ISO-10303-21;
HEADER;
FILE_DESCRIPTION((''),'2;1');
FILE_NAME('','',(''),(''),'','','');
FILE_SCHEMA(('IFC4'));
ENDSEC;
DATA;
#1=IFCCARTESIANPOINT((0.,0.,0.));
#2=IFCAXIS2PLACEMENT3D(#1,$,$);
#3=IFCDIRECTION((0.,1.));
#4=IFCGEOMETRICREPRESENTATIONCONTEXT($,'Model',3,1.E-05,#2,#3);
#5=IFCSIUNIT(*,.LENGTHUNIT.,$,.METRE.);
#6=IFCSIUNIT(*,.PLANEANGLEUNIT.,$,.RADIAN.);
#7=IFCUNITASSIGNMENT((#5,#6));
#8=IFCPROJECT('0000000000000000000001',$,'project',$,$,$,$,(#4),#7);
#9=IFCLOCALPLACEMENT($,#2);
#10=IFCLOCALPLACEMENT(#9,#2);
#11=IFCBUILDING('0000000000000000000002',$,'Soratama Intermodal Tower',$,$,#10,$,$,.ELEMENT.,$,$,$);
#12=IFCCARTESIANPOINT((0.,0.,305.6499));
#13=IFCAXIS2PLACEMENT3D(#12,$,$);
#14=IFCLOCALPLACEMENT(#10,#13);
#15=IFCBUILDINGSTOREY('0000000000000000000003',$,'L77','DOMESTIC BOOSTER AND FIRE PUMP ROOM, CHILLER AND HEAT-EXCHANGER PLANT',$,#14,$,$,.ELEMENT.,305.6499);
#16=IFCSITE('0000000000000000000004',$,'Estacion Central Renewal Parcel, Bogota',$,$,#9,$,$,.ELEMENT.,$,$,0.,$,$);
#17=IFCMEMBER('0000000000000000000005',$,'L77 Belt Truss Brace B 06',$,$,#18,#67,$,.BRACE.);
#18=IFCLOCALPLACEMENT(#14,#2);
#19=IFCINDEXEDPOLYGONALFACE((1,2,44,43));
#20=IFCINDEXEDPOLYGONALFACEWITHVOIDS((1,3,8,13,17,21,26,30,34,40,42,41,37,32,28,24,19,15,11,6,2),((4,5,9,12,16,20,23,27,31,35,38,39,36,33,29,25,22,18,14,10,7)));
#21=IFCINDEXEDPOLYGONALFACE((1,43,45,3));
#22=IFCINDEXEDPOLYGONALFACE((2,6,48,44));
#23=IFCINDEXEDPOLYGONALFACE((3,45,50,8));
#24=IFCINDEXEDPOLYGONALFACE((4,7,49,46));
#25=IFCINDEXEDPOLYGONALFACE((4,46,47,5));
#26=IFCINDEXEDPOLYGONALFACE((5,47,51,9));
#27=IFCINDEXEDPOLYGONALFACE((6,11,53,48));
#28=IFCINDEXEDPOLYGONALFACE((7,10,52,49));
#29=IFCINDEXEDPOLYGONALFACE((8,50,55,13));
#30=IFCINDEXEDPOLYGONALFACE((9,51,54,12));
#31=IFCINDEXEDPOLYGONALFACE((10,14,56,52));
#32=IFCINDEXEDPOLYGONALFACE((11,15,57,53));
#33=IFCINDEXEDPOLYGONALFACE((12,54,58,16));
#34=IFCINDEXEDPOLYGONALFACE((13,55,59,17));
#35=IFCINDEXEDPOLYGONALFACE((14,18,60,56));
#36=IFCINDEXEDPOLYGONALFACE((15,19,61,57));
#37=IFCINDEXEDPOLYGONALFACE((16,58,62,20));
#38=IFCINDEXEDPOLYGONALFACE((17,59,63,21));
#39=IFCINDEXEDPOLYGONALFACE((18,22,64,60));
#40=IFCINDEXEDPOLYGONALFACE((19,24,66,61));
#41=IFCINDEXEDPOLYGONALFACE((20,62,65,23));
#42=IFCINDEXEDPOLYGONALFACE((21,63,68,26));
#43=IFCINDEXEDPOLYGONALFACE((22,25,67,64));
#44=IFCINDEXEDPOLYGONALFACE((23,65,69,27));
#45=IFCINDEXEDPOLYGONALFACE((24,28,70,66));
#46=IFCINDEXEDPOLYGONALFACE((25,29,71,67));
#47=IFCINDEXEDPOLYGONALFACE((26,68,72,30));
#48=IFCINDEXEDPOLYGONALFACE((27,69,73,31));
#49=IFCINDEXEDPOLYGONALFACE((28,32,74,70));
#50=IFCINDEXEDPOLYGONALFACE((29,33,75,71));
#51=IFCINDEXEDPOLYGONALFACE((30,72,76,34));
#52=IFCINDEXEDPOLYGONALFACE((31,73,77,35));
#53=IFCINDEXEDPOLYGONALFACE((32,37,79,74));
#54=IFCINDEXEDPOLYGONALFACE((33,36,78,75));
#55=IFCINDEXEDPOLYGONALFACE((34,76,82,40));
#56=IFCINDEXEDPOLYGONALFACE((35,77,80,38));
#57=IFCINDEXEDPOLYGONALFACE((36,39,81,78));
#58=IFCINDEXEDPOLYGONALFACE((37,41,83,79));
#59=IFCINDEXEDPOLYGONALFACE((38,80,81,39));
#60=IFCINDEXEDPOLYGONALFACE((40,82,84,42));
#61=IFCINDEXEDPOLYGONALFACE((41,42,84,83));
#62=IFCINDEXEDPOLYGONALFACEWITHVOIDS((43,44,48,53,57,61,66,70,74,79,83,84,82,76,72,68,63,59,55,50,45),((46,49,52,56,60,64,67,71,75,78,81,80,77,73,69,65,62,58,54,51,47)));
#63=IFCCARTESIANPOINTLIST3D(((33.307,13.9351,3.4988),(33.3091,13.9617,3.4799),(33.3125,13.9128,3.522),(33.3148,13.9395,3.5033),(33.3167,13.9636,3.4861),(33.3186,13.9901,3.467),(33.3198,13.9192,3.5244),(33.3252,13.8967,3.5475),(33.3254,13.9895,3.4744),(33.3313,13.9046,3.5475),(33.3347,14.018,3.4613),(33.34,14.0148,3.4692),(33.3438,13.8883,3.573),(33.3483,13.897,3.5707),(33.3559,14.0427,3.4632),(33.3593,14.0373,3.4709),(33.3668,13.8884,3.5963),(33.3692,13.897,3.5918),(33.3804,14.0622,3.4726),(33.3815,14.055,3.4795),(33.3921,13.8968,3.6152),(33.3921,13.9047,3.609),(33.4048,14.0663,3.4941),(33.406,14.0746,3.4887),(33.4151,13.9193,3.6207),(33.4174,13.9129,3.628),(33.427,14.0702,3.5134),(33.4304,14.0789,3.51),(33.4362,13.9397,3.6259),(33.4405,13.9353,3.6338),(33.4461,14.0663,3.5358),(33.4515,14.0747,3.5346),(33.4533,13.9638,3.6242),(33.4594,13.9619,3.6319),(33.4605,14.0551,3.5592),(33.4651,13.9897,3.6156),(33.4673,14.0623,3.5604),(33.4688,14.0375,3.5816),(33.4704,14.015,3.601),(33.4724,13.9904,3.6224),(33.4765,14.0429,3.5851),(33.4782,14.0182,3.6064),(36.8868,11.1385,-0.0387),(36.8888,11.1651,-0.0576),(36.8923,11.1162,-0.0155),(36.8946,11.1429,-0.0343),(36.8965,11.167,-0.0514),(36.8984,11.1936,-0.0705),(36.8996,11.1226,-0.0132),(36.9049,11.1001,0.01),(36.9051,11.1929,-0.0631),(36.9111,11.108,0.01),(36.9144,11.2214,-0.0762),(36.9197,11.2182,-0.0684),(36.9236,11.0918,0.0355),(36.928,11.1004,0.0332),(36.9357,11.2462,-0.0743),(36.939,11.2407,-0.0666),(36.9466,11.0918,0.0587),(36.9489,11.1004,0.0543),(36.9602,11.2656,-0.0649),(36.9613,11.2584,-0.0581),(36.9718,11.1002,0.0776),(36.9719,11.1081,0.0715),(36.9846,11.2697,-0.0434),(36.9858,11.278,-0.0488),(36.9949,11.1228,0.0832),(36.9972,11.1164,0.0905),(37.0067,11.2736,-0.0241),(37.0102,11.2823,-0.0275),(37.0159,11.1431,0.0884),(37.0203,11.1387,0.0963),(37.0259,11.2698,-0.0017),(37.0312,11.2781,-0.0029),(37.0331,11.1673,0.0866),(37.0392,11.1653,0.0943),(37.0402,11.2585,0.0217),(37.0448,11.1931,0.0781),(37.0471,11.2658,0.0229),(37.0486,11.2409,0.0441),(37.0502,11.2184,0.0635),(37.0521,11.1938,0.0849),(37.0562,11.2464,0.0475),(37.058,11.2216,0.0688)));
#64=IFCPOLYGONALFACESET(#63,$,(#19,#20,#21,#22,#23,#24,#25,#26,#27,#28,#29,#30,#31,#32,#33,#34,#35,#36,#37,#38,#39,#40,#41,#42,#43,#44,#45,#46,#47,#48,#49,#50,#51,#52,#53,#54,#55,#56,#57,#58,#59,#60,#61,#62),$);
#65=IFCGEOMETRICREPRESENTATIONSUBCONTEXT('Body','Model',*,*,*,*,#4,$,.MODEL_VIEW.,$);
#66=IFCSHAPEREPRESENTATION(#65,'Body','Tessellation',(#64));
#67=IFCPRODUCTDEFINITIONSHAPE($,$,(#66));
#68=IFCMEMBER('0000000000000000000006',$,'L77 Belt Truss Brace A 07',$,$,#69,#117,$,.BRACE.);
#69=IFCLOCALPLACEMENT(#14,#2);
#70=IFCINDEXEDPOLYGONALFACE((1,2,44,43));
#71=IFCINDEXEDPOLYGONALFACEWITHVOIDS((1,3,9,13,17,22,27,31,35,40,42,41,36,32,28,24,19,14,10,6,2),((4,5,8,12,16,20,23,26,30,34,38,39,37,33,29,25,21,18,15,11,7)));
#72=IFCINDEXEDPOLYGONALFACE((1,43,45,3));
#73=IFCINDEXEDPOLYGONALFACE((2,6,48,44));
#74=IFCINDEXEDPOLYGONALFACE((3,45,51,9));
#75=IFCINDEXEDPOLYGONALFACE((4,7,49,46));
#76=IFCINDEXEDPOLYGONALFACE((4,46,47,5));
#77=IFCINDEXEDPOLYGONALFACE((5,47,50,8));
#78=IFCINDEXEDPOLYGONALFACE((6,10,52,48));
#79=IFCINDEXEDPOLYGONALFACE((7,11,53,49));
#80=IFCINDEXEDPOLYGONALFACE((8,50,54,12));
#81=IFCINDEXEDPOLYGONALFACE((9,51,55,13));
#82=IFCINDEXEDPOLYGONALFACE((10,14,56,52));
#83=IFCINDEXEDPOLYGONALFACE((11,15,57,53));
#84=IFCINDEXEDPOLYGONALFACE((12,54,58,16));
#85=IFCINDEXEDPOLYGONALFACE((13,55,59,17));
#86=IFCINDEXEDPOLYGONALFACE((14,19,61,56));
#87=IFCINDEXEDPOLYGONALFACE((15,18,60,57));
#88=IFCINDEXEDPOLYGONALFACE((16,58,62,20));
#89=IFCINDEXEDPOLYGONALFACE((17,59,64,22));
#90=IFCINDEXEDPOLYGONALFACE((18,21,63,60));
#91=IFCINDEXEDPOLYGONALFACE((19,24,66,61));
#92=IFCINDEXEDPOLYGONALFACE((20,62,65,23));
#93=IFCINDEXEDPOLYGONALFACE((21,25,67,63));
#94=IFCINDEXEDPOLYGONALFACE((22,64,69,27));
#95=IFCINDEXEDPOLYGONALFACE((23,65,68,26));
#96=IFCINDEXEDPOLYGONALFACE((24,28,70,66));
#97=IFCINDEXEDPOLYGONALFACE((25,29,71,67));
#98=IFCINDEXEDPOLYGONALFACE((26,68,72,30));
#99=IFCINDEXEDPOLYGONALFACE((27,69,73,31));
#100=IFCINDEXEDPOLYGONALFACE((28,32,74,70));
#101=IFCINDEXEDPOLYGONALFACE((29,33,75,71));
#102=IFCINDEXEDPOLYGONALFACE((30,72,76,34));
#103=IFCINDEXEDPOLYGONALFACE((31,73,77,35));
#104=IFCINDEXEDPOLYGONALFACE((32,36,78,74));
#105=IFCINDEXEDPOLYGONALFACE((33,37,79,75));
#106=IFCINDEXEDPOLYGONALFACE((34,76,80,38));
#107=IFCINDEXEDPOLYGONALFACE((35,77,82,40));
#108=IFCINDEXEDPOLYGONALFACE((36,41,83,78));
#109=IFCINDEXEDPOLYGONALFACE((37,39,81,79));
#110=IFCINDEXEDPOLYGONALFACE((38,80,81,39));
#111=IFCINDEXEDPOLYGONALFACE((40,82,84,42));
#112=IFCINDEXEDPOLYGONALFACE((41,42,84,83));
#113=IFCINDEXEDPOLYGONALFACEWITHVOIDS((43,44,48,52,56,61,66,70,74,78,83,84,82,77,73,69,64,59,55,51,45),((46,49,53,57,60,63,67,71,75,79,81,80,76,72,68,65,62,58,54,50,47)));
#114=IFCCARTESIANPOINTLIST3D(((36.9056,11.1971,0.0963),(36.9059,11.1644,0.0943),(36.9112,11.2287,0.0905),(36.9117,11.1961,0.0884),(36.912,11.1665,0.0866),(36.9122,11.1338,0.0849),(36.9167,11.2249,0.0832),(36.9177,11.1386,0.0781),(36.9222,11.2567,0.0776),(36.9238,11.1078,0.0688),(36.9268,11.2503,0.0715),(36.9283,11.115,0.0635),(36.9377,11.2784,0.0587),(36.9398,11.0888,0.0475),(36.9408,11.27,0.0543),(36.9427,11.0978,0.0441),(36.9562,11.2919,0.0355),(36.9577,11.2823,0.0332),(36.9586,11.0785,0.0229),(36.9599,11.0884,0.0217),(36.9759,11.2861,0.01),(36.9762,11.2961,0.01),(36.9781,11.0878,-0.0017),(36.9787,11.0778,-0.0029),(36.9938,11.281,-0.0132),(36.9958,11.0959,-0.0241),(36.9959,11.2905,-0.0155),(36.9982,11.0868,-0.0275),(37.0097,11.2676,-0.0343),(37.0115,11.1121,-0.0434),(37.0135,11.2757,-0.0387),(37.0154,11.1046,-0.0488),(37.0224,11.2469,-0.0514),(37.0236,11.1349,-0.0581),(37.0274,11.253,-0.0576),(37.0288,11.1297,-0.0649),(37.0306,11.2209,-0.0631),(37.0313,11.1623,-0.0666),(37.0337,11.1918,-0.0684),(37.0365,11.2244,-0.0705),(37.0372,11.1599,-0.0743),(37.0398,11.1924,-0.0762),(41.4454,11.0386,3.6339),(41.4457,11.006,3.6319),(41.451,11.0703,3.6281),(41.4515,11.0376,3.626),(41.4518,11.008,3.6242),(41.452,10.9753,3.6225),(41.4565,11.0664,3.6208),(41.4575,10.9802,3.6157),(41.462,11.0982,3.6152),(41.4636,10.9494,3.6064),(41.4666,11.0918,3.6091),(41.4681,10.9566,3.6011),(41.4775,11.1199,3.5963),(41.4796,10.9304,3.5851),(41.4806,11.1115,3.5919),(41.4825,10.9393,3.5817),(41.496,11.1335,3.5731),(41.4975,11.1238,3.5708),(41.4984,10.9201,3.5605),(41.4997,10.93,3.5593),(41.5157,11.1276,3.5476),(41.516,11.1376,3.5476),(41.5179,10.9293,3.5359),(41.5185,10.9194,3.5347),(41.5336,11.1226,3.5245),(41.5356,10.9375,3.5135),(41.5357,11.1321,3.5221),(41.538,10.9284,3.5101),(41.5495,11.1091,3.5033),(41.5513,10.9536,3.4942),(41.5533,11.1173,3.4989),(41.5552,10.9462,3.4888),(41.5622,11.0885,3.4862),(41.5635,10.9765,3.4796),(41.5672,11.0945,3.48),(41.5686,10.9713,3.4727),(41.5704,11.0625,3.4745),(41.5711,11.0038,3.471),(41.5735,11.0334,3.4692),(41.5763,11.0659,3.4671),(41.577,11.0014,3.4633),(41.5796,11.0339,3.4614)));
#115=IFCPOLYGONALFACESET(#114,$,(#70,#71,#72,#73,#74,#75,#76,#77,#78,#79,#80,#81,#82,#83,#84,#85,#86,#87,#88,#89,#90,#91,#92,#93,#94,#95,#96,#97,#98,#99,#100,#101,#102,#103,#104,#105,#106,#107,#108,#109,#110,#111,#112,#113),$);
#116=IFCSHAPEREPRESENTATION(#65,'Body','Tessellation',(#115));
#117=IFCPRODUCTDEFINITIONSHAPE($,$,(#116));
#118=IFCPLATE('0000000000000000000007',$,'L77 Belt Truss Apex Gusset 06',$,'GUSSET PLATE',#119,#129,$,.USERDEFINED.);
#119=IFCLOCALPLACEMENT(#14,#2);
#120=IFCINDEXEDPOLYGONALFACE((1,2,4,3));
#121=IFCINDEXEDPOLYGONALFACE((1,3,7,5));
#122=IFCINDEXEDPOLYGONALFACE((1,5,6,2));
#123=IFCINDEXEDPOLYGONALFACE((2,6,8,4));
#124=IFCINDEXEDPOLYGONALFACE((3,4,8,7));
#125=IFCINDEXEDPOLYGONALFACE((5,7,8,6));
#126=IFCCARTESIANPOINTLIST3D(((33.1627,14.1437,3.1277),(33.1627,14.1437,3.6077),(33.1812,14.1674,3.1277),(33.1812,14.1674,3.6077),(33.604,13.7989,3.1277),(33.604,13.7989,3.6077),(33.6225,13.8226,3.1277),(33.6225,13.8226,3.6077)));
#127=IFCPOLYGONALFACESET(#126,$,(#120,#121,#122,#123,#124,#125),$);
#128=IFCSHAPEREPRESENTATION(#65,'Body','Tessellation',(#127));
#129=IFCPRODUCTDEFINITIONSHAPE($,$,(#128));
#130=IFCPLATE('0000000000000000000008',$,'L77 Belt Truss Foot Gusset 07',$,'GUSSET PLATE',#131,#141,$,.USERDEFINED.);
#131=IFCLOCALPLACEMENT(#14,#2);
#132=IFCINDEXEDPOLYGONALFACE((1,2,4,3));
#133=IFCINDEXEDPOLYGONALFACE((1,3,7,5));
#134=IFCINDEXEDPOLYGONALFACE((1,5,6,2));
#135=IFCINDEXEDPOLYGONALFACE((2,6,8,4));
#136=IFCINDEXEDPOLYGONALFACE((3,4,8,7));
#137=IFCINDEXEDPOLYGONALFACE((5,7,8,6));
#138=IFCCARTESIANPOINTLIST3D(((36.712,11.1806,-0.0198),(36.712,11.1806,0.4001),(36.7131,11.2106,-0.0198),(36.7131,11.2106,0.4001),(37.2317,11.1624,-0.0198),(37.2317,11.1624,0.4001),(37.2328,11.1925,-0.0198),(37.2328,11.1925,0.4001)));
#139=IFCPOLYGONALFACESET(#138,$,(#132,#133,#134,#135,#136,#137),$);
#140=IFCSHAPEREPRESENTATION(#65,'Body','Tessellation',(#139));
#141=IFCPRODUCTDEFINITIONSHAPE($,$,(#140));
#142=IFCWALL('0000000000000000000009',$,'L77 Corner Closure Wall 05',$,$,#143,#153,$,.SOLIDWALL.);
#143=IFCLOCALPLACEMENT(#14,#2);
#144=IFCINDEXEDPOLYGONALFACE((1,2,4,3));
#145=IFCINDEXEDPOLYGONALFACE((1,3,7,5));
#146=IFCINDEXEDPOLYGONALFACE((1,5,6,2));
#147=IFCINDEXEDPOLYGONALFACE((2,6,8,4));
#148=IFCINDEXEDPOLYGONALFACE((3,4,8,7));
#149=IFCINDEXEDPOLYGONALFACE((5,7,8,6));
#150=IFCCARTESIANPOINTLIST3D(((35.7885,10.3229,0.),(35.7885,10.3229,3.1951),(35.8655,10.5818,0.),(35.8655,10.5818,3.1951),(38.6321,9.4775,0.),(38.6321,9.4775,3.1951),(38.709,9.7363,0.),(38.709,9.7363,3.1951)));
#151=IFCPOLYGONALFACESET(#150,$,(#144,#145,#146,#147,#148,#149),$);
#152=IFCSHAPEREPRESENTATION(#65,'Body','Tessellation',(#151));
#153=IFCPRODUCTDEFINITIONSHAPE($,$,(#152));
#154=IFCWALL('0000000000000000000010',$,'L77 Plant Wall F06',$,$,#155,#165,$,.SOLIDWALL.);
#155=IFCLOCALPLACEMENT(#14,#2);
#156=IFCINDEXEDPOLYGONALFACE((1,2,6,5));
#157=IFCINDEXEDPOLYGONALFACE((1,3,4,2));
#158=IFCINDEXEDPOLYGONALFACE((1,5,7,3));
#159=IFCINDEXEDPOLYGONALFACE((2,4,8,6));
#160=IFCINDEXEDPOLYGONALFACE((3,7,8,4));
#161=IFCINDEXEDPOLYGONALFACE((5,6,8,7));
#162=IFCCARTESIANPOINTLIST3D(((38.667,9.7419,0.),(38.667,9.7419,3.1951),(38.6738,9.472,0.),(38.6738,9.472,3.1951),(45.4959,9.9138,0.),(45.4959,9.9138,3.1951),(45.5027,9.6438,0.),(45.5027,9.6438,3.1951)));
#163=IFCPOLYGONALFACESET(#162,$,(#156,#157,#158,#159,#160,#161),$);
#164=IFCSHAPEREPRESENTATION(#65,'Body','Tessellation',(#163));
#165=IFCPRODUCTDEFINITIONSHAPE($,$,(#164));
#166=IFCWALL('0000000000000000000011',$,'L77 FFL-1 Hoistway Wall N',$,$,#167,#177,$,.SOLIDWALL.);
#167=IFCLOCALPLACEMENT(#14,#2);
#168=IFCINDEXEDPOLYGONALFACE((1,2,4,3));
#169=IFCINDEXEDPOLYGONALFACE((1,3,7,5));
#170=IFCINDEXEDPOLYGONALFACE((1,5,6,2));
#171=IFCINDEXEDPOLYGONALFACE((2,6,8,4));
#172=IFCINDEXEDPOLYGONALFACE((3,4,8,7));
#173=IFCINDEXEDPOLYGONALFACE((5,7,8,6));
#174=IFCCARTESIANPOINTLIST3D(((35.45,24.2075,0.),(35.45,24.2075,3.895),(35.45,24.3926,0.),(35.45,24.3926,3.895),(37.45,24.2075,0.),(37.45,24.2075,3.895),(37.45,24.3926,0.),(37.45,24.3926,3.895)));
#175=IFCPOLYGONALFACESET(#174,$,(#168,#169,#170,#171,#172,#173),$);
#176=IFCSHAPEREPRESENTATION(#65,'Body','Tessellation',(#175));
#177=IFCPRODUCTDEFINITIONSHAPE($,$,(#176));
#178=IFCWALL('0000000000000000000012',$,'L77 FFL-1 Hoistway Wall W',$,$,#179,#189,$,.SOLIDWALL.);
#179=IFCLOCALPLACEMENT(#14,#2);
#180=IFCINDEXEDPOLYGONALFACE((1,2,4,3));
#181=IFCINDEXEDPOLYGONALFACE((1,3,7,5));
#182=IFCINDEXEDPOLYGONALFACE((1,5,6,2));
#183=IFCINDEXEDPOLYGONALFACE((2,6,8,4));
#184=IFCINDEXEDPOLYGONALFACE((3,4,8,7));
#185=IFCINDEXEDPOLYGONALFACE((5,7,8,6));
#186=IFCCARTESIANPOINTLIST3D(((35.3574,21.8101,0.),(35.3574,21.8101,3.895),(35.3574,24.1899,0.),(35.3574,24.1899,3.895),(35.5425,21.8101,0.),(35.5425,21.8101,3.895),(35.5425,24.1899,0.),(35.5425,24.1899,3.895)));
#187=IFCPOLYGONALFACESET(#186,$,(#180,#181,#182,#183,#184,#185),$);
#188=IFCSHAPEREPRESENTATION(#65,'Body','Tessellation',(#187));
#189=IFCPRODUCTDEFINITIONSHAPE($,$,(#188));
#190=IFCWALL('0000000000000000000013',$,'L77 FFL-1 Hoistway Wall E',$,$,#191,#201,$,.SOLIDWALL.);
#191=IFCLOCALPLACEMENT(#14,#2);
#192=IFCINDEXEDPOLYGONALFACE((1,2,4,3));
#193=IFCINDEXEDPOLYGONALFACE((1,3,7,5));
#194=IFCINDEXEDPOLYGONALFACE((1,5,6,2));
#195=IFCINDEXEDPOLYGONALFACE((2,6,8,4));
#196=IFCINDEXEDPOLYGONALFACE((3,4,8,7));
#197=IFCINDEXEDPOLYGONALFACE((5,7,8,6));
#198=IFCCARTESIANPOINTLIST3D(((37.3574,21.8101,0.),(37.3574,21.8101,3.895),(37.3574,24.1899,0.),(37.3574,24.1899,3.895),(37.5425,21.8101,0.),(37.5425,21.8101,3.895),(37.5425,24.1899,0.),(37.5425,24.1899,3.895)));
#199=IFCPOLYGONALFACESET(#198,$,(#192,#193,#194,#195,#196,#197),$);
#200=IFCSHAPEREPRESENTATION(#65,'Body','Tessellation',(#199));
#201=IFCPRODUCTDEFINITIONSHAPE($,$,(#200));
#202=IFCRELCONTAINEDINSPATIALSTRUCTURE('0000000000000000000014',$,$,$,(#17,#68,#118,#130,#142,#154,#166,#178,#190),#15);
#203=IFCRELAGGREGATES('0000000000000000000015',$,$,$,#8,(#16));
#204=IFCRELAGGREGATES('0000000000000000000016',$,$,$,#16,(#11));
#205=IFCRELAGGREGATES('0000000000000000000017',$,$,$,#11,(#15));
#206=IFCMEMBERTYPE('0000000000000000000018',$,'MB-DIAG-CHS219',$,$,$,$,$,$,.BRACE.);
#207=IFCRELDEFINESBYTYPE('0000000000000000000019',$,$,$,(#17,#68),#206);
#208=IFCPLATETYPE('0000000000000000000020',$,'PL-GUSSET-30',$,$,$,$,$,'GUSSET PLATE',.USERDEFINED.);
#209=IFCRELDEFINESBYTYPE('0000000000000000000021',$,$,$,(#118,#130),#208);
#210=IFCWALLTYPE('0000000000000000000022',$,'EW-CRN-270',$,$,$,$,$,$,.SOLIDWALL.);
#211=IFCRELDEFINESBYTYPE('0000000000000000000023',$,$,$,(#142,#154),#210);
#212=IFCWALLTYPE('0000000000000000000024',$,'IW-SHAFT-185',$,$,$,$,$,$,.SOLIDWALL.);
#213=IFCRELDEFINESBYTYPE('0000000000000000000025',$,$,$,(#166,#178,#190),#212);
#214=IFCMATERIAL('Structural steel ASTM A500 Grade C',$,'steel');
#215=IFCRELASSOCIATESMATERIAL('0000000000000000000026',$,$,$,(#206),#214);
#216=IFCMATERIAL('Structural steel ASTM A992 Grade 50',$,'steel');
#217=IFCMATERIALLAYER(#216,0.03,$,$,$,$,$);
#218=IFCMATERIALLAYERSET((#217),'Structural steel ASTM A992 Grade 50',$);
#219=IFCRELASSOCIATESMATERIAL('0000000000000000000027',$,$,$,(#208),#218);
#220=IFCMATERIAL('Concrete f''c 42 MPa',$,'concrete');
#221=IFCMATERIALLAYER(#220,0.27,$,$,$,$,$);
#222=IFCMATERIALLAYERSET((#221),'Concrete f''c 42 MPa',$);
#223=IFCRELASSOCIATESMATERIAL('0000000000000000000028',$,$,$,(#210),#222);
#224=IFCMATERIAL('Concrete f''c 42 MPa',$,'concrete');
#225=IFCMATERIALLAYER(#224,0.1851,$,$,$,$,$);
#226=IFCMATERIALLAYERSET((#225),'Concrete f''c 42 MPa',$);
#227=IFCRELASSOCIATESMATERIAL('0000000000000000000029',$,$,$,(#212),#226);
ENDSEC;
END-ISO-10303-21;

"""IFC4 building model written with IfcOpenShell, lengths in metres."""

from ifc_helpers import new_model, si_unit, direction, frame, frame_2d, origin, origin_2d, place, context, subcontext, project, spatial, rectangle, hollow_circle, extrude, material, layer, layer_set, material_profile, profile_set, type_object, element, save


model = new_model("IFC4")

# Units and contexts
model_context = context("Model", 3, precision=1e-05, world=origin(), true_north=direction((0.0, 1.0)))
body_context = subcontext(model_context, "Body", "Model", "MODEL_VIEW")
ifc_project = project(units=[si_unit("LENGTHUNIT", "METRE"), si_unit("PLANEANGLEUNIT", "RADIAN")], contexts=[model_context])

# Site, building, storey
site_placement = place(None, origin())
site = spatial("IfcSite", under=ifc_project, at=site_placement, Name="Estacion Central Renewal Parcel, Bogota", CompositionType="ELEMENT", RefElevation=0.0)
building_placement = place(site_placement, origin())
building = spatial("IfcBuilding", under=site, at=building_placement, Name="Soratama Intermodal Tower", CompositionType="ELEMENT")
storey_placement = place(building_placement, frame((0.0, 0.0, 305.6499)))
storey = spatial("IfcBuildingStorey", under=building, at=storey_placement, Name="L77", Description="DOMESTIC BOOSTER AND FIRE PUMP ROOM, CHILLER AND HEAT-EXCHANGER PLANT", CompositionType="ELEMENT", Elevation=305.6499)

# Members
ifc_material_1 = material(Name="Structural steel ASTM A500 Grade C", Category="steel")
ifc_material_profile_1 = material_profile(ifc_material_1, hollow_circle(Radius=0.1096, WallThickness=0.01, at=origin_2d()), Name="CHS219X10")
ifc_profile_set_1 = profile_set([ifc_material_profile_1], Name="Structural steel ASTM A500 Grade C")
member_type = type_object("IfcMemberType", Name="MB-DIAG-CHS219", PredefinedType="BRACE", material=ifc_profile_set_1)
for number, where, z_axis, x_axis, name in (
    (1, (36.9724, 11.1865, 0.01), (-0.621749, 0.485721, 0.614413), (-0.615628, -0.788037, 0.0), "L77 Belt Truss Brace B 06"),
    (2, (36.9724, 11.1865, 0.01), (0.788494, -0.02752, 0.614427), (0.034881, 0.999391, 0.0), "L77 Belt Truss Brace A 07"),
):
    element("IfcMember", number, at=place(storey_placement, frame(where, z_axis=z_axis, x_axis=x_axis)), inside=storey, type_object=member_type, Name=name, PredefinedType="BRACE", context=body_context, shape_type="SweptSolid", body=[
        extrude(hollow_circle(Radius=0.1096, WallThickness=0.01, at=origin_2d()), origin(), (0.0, 0.0, 1.0), 5.7576),
    ])

# Plates
ifc_material_2 = material(Name="Structural steel ASTM A992 Grade 50", Category="steel")
ifc_layer_1 = layer(ifc_material_2, 0.03)
ifc_layer_set_1 = layer_set([ifc_layer_1], Name="Structural steel ASTM A992 Grade 50")
plate_type = type_object("IfcPlateType", Name="PL-GUSSET-30", ElementType="GUSSET PLATE", PredefinedType="USERDEFINED", material=ifc_layer_set_1)
plate_1_placement = place(storey_placement, frame((33.3926, 13.9832, 3.1277), z_axis=(0.0, 0.0, 1.0), x_axis=(0.788011, -0.615661, 0.0)))
element("IfcPlate", 3, at=plate_1_placement, inside=storey, type_object=plate_type, Name="L77 Belt Truss Apex Gusset 06", ObjectType="GUSSET PLATE", PredefinedType="USERDEFINED", context=body_context, shape_type="SweptSolid", body=[
    extrude(rectangle(XDim=0.5601, YDim=0.03, at=origin_2d()), origin(), (0.0, 0.0, 1.0), 0.48),
])
plate_2_placement = place(storey_placement, frame((36.9724, 11.1865, -0.0198), z_axis=(0.0, 0.0, 1.0), x_axis=(0.999391, -0.034899, 0.0)))
element("IfcPlate", 4, at=plate_2_placement, inside=storey, type_object=plate_type, Name="L77 Belt Truss Foot Gusset 07", ObjectType="GUSSET PLATE", PredefinedType="USERDEFINED", context=body_context, shape_type="SweptSolid", body=[
    extrude(rectangle(XDim=0.52, YDim=0.03, at=origin_2d()), origin(), (0.0, 0.0, 1.0), 0.4199),
])

# Walls
ifc_material_3 = material(Name="Concrete f'c 42 MPa", Category="concrete")
ifc_layer_2 = layer(ifc_material_3, 0.27)
ifc_layer_set_2 = layer_set([ifc_layer_2], Name="Concrete f'c 42 MPa")
wall_type_1 = type_object("IfcWallType", Name="EW-CRN-270", PredefinedType="SOLIDWALL", material=ifc_layer_set_2)
wall_1_placement = place(storey_placement, frame((35.8269, 10.4524, 0.0), z_axis=(0.0, 0.0, 1.0), x_axis=(0.958528, -0.284999, 0.0)))
element("IfcWall", 5, at=wall_1_placement, inside=storey, type_object=wall_type_1, Name="L77 Corner Closure Wall 05", PredefinedType="SOLIDWALL", context=body_context, shape_type="SweptSolid", body=[
    extrude(rectangle(XDim=2.9666, YDim=0.27, at=frame_2d((1.4834, 0.0))), origin(), (0.0, 0.0, 1.0), 3.1951),
])
wall_2_placement = place(storey_placement, frame((38.6704, 9.6069, 0.0), z_axis=(0.0, 0.0, 1.0), x_axis=(0.999683, 0.025161, 0.0)))
element("IfcWall", 6, at=wall_2_placement, inside=storey, type_object=wall_type_1, Name="L77 Plant Wall F06", PredefinedType="SOLIDWALL", context=body_context, shape_type="SweptSolid", body=[
    extrude(rectangle(XDim=6.8311, YDim=0.27, at=frame_2d((3.4155, 0.0))), origin(), (0.0, 0.0, 1.0), 3.1951),
])

# Shared definitions
ifc_material_4 = material(Name="Concrete f'c 42 MPa", Category="concrete")
ifc_layer_3 = layer(ifc_material_4, 0.1851)
ifc_layer_set_3 = layer_set([ifc_layer_3], Name="Concrete f'c 42 MPa")
wall_type_2 = type_object("IfcWallType", Name="IW-SHAFT-185", PredefinedType="SOLIDWALL", material=ifc_layer_set_3)

# Walls
wall_3_placement = place(storey_placement, frame((35.45, 24.3, 0.0), z_axis=(0.0, 0.0, 1.0), x_axis=(1.0, 0.0, 0.0)))
element("IfcWall", 7, at=wall_3_placement, inside=storey, type_object=wall_type_2, Name="L77 FFL-1 Hoistway Wall N", PredefinedType="SOLIDWALL", context=body_context, shape_type="SweptSolid", body=[
    extrude(rectangle(XDim=2.0, YDim=0.1851, at=frame_2d((1.0, 0.0))), origin(), (0.0, 0.0, 1.0), 3.895),
])
for number, where, z_axis, x_axis, name in (
    (8, (35.45, 21.8101, 0.0), (0.0, 0.0, 1.0), (0.0, 1.0, 0.0), "L77 FFL-1 Hoistway Wall W"),
    (9, (37.45, 21.8101, 0.0), (0.0, 0.0, 1.0), (0.0, 1.0, 0.0), "L77 FFL-1 Hoistway Wall E"),
):
    element("IfcWall", number, at=place(storey_placement, frame(where, z_axis=z_axis, x_axis=x_axis)), inside=storey, type_object=wall_type_2, Name=name, PredefinedType="SOLIDWALL", context=body_context, shape_type="SweptSolid", body=[
        extrude(rectangle(XDim=2.3799, YDim=0.1851, at=frame_2d((1.1899, 0.0))), origin(), (0.0, 0.0, 1.0), 3.895),
    ])

save(model, "model.ifc")
